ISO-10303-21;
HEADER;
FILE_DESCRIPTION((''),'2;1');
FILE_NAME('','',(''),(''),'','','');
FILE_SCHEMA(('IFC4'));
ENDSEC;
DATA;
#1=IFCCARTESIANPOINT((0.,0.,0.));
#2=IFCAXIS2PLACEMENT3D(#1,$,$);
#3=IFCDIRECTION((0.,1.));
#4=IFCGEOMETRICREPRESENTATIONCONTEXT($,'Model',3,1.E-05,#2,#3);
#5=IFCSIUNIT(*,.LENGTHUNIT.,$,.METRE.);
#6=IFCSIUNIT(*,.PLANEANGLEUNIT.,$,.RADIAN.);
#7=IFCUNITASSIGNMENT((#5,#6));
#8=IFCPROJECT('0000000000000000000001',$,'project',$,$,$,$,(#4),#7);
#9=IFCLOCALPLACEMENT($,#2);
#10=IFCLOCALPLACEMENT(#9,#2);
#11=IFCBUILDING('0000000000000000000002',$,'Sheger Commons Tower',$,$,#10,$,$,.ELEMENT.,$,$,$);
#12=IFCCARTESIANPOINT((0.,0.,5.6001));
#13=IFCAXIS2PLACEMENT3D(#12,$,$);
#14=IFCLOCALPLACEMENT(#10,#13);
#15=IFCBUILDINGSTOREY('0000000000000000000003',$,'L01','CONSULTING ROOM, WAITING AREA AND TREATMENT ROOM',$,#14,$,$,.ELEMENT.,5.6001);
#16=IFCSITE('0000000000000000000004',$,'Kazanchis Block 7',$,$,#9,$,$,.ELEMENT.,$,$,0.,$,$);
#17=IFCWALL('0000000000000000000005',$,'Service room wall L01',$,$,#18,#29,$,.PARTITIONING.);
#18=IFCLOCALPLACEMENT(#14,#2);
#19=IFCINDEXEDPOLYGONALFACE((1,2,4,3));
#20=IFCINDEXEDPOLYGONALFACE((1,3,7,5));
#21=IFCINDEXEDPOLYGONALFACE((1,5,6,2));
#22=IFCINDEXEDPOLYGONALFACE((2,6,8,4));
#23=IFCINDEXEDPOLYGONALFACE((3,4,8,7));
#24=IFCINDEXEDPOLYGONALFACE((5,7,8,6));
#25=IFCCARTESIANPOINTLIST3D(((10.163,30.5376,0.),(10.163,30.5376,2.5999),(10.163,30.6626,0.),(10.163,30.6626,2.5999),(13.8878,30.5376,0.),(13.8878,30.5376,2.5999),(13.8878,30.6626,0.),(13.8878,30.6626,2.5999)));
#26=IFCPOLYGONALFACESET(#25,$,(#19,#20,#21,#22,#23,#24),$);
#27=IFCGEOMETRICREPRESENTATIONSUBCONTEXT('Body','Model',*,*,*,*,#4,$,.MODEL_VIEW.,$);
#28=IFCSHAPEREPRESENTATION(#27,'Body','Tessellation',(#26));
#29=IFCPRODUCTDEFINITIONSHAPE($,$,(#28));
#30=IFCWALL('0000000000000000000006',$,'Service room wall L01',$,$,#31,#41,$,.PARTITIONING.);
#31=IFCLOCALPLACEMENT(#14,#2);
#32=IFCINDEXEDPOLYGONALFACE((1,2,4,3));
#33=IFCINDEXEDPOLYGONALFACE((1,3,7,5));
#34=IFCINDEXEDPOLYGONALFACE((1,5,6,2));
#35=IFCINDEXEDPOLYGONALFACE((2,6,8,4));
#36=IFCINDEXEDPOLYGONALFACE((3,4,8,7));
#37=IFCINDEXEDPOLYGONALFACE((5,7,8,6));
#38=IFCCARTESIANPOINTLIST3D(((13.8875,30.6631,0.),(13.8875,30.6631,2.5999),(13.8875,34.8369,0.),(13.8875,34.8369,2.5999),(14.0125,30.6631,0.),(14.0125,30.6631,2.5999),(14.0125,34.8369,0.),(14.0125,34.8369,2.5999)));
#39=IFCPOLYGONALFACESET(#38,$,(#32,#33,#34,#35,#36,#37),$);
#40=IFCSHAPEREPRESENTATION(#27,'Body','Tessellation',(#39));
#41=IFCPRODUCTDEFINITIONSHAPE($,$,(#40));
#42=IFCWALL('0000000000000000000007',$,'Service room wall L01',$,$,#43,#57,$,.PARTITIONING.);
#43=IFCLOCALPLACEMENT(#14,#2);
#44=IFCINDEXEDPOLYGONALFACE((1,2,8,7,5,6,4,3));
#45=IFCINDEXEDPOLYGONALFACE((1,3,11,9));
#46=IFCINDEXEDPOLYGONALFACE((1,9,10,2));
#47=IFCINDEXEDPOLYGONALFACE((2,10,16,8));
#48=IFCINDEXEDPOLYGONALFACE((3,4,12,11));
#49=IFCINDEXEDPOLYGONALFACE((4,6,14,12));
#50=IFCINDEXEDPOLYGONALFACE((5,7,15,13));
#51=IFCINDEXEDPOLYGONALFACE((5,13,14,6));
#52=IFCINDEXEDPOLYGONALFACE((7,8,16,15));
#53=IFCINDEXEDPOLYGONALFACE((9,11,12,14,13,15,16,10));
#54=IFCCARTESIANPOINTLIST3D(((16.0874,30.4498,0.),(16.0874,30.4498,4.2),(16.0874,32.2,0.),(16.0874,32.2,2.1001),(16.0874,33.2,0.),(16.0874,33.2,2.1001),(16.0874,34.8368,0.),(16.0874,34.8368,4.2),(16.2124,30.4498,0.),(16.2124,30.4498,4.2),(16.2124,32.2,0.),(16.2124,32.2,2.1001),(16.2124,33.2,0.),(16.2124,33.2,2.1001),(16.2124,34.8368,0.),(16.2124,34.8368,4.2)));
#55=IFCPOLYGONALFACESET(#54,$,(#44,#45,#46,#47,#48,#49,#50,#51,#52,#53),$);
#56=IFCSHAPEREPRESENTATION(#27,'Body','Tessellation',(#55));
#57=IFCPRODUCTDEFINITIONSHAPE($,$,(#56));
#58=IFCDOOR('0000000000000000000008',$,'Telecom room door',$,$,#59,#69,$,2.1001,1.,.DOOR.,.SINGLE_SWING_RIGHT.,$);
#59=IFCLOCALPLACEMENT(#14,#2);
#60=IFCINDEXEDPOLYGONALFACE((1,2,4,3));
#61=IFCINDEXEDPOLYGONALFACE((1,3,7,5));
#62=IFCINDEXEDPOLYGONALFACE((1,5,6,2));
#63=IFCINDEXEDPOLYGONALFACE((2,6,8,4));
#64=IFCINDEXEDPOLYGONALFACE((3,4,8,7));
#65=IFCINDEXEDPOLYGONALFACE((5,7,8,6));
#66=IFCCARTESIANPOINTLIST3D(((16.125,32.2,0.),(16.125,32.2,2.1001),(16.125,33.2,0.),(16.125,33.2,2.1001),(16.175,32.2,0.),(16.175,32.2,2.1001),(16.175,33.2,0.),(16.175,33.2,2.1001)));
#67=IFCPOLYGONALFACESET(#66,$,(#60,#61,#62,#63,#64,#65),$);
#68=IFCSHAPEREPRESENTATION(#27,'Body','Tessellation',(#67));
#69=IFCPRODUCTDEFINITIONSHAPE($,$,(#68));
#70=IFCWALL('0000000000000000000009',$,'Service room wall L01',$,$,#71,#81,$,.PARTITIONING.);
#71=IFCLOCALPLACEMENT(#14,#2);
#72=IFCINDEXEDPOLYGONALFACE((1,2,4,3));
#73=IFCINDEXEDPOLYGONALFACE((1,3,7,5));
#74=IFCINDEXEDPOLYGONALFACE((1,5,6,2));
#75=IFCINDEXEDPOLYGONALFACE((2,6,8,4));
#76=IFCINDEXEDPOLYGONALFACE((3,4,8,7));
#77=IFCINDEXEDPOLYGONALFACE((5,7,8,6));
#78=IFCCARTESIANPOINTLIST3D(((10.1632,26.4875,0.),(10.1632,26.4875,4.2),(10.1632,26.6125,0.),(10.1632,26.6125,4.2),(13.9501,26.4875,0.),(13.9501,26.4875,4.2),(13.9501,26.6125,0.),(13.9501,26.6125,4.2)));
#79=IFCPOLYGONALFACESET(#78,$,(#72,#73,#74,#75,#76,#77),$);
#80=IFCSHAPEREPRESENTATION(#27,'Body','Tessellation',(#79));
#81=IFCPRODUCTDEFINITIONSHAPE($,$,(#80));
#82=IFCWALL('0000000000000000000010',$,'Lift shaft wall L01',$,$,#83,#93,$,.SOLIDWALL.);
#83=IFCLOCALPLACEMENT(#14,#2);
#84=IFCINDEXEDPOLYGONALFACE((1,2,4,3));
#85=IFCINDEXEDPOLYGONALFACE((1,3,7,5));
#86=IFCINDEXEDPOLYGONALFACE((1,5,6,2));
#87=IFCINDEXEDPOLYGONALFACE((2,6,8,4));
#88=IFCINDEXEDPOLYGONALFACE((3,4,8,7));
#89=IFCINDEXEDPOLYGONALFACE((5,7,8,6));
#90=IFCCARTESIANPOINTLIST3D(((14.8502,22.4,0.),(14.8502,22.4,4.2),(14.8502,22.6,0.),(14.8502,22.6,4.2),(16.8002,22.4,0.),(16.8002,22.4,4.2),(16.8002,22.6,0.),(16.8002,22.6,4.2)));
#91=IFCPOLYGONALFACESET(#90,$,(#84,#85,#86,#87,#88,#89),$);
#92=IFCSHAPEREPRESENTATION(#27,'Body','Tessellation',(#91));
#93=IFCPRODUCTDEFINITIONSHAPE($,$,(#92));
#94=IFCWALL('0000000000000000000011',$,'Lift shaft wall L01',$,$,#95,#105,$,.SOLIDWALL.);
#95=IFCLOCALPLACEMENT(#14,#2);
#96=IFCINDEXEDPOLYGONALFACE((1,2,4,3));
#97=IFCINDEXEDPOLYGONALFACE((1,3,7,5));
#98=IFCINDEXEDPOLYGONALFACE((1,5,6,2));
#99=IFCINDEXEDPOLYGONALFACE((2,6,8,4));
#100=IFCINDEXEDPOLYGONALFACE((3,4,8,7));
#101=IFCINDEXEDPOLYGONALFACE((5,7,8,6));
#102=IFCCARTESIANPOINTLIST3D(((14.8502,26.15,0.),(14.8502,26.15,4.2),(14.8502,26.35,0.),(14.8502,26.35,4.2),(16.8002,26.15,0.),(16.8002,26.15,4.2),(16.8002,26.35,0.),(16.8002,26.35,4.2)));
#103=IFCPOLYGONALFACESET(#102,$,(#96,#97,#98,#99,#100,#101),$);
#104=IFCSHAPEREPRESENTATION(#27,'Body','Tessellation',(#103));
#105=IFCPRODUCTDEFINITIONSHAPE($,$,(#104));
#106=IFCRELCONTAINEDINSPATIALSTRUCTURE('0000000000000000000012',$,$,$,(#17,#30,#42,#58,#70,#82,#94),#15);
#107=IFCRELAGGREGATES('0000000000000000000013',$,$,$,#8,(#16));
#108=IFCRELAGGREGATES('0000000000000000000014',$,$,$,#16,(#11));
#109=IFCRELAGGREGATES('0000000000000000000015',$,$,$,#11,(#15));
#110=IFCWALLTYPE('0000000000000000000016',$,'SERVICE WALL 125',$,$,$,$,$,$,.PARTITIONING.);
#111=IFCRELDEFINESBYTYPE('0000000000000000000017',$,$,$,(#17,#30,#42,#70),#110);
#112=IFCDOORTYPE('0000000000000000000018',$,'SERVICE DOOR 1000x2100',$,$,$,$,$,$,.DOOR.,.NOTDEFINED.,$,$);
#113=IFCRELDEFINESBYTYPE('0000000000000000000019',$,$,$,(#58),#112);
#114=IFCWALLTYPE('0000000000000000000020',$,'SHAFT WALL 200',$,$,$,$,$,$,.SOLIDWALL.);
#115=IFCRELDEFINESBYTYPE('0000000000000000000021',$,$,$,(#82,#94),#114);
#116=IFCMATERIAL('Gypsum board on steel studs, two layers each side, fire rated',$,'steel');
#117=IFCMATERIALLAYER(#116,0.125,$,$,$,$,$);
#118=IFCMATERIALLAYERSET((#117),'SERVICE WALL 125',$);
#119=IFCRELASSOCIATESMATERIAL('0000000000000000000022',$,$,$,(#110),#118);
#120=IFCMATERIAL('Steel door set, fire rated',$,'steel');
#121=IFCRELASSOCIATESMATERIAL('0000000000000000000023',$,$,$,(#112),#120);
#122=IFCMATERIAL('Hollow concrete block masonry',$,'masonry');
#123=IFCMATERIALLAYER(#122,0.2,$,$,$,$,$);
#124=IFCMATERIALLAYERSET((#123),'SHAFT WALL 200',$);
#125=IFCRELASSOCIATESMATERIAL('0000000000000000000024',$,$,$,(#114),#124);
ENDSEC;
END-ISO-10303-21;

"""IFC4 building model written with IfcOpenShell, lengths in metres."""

from ifc_helpers import new_model, si_unit, direction, frame, frame_2d, origin, place, context, subcontext, project, spatial, rectangle, extrude, material, layer, layer_set, type_object, element, fill, save


model = new_model("IFC4")

# Units and contexts
model_context = context("Model", 3, precision=1e-05, world=origin(), true_north=direction((0.0, 1.0)))
body_context = subcontext(model_context, "Body", "Model", "MODEL_VIEW")
ifc_project = project(units=[si_unit("LENGTHUNIT", "METRE"), si_unit("PLANEANGLEUNIT", "RADIAN")], contexts=[model_context])

# Site, building, storey
site_placement = place(None, origin())
site = spatial("IfcSite", under=ifc_project, at=site_placement, Name="Kazanchis Block 7", CompositionType="ELEMENT", RefElevation=0.0)
building_placement = place(site_placement, origin())
building = spatial("IfcBuilding", under=site, at=building_placement, Name="Sheger Commons Tower", CompositionType="ELEMENT")
storey_placement = place(building_placement, frame((0.0, 0.0, 5.6001)))
storey = spatial("IfcBuildingStorey", under=building, at=storey_placement, Name="L01", Description="CONSULTING ROOM, WAITING AREA AND TREATMENT ROOM", CompositionType="ELEMENT", Elevation=5.6001)

# Walls
ifc_material_1 = material(Name="Gypsum board on steel studs, two layers each side, fire rated", Category="steel")
ifc_layer_1 = layer(ifc_material_1, 0.125)
ifc_layer_set_1 = layer_set([ifc_layer_1], Name="SERVICE WALL 125")
wall_type_1 = type_object("IfcWallType", Name="SERVICE WALL 125", PredefinedType="PARTITIONING", material=ifc_layer_set_1)
wall_1_placement = place(storey_placement, frame((10.1631, 30.6001, 0.0), z_axis=(0.0, 0.0, 1.0), x_axis=(1.0, 0.0, 0.0)))
element("IfcWall", 1, at=wall_1_placement, inside=storey, type_object=wall_type_1, Name="Service room wall L01", PredefinedType="PARTITIONING", context=body_context, shape_type="SweptSolid", body=[
    extrude(rectangle(XDim=3.7249, YDim=0.125, at=frame_2d((1.8623, 0.0))), origin(), (0.0, 0.0, 1.0), 2.5999),
])
wall_2_placement = place(storey_placement, frame((13.95, 30.6631, 0.0), z_axis=(0.0, 0.0, 1.0), x_axis=(0.0, 1.0, 0.0)))
element("IfcWall", 2, at=wall_2_placement, inside=storey, type_object=wall_type_1, Name="Service room wall L01", PredefinedType="PARTITIONING", context=body_context, shape_type="SweptSolid", body=[
    extrude(rectangle(XDim=4.1738, YDim=0.125, at=frame_2d((2.0869, 0.0))), origin(), (0.0, 0.0, 1.0), 2.5999),
])

# Wall, opening, door
wall_3_placement = place(storey_placement, frame((16.1499, 30.45, 0.0), z_axis=(0.0, 0.0, 1.0), x_axis=(0.0, 1.0, 0.0)))
wall_3 = element("IfcWall", 3, at=wall_3_placement, inside=storey, type_object=wall_type_1, Name="Service room wall L01", PredefinedType="PARTITIONING", context=body_context, shape_type="SweptSolid", body=[
    extrude(rectangle(XDim=4.387, YDim=0.125, at=frame_2d((2.1934, 0.0))), origin(), (0.0, 0.0, 1.0), 4.2),
])
opening_1_placement = place(wall_3_placement, frame((1.75, 0.0, 0.0)))
opening_1 = element("IfcOpeningElement", 4, at=opening_1_placement, cuts=wall_3, PredefinedType="OPENING", context=body_context, shape_type="SweptSolid", body=[
    extrude(rectangle(XDim=1.0, YDim=2.1001, at=frame_2d((0.5, 1.05))), frame((0.0, 0.0725, 0.0), z_axis=(0.0, -1.0, 0.0), x_axis=(1.0, 0.0, 0.0)), (0.0, 0.0, 1.0), 0.145),
])
ifc_material_2 = material(Name="Steel door set, fire rated", Category="steel")
door_type_1 = type_object("IfcDoorType", Name="SERVICE DOOR 1000x2100", OperationType="NOTDEFINED", PredefinedType="DOOR", material=ifc_material_2)
door_1_placement = place(opening_1_placement, origin())
door_1 = element("IfcDoor", 5, at=door_1_placement, inside=storey, type_object=door_type_1, Name="Telecom room door", OperationType="SINGLE_SWING_RIGHT", OverallHeight=2.1001, OverallWidth=1.0, PredefinedType="DOOR", context=body_context, shape_type="SweptSolid", body=[
    extrude(rectangle(XDim=1.0, YDim=2.1001, at=frame_2d((0.5, 1.05))), frame((0.0, 0.0249, 0.0), z_axis=(0.0, -1.0, 0.0), x_axis=(1.0, 0.0, 0.0)), (0.0, 0.0, 1.0), 0.05),
])
fill(opening_1, door_1)

# Walls
wall_4_placement = place(storey_placement, frame((10.1631, 26.55, 0.0), z_axis=(0.0, 0.0, 1.0), x_axis=(1.0, 0.0, 0.0)))
element("IfcWall", 6, at=wall_4_placement, inside=storey, type_object=wall_type_1, Name="Service room wall L01", PredefinedType="PARTITIONING", context=body_context, shape_type="SweptSolid", body=[
    extrude(rectangle(XDim=3.7869, YDim=0.125, at=frame_2d((1.8936, 0.0))), origin(), (0.0, 0.0, 1.0), 4.2),
])
ifc_material_3 = material(Name="Hollow concrete block masonry", Category="masonry")
ifc_layer_2 = layer(ifc_material_3, 0.2)
ifc_layer_set_2 = layer_set([ifc_layer_2], Name="SHAFT WALL 200")
wall_type_2 = type_object("IfcWallType", Name="SHAFT WALL 200", PredefinedType="SOLIDWALL", material=ifc_layer_set_2)
for number, where, z_axis, x_axis, name in (
    (7, (14.8501, 22.5, 0.0), (0.0, 0.0, 1.0), (1.0, 0.0, 0.0), "Lift shaft wall L01"),
    (8, (14.8501, 26.25, 0.0), (0.0, 0.0, 1.0), (1.0, 0.0, 0.0), "Lift shaft wall L01"),
):
    element("IfcWall", number, at=place(storey_placement, frame(where, z_axis=z_axis, x_axis=x_axis)), inside=storey, type_object=wall_type_2, Name=name, PredefinedType="SOLIDWALL", context=body_context, shape_type="SweptSolid", body=[
        extrude(rectangle(XDim=1.95, YDim=0.2, at=frame_2d((0.9751, 0.0))), origin(), (0.0, 0.0, 1.0), 4.2),
    ])

save(model, "model.ifc")
